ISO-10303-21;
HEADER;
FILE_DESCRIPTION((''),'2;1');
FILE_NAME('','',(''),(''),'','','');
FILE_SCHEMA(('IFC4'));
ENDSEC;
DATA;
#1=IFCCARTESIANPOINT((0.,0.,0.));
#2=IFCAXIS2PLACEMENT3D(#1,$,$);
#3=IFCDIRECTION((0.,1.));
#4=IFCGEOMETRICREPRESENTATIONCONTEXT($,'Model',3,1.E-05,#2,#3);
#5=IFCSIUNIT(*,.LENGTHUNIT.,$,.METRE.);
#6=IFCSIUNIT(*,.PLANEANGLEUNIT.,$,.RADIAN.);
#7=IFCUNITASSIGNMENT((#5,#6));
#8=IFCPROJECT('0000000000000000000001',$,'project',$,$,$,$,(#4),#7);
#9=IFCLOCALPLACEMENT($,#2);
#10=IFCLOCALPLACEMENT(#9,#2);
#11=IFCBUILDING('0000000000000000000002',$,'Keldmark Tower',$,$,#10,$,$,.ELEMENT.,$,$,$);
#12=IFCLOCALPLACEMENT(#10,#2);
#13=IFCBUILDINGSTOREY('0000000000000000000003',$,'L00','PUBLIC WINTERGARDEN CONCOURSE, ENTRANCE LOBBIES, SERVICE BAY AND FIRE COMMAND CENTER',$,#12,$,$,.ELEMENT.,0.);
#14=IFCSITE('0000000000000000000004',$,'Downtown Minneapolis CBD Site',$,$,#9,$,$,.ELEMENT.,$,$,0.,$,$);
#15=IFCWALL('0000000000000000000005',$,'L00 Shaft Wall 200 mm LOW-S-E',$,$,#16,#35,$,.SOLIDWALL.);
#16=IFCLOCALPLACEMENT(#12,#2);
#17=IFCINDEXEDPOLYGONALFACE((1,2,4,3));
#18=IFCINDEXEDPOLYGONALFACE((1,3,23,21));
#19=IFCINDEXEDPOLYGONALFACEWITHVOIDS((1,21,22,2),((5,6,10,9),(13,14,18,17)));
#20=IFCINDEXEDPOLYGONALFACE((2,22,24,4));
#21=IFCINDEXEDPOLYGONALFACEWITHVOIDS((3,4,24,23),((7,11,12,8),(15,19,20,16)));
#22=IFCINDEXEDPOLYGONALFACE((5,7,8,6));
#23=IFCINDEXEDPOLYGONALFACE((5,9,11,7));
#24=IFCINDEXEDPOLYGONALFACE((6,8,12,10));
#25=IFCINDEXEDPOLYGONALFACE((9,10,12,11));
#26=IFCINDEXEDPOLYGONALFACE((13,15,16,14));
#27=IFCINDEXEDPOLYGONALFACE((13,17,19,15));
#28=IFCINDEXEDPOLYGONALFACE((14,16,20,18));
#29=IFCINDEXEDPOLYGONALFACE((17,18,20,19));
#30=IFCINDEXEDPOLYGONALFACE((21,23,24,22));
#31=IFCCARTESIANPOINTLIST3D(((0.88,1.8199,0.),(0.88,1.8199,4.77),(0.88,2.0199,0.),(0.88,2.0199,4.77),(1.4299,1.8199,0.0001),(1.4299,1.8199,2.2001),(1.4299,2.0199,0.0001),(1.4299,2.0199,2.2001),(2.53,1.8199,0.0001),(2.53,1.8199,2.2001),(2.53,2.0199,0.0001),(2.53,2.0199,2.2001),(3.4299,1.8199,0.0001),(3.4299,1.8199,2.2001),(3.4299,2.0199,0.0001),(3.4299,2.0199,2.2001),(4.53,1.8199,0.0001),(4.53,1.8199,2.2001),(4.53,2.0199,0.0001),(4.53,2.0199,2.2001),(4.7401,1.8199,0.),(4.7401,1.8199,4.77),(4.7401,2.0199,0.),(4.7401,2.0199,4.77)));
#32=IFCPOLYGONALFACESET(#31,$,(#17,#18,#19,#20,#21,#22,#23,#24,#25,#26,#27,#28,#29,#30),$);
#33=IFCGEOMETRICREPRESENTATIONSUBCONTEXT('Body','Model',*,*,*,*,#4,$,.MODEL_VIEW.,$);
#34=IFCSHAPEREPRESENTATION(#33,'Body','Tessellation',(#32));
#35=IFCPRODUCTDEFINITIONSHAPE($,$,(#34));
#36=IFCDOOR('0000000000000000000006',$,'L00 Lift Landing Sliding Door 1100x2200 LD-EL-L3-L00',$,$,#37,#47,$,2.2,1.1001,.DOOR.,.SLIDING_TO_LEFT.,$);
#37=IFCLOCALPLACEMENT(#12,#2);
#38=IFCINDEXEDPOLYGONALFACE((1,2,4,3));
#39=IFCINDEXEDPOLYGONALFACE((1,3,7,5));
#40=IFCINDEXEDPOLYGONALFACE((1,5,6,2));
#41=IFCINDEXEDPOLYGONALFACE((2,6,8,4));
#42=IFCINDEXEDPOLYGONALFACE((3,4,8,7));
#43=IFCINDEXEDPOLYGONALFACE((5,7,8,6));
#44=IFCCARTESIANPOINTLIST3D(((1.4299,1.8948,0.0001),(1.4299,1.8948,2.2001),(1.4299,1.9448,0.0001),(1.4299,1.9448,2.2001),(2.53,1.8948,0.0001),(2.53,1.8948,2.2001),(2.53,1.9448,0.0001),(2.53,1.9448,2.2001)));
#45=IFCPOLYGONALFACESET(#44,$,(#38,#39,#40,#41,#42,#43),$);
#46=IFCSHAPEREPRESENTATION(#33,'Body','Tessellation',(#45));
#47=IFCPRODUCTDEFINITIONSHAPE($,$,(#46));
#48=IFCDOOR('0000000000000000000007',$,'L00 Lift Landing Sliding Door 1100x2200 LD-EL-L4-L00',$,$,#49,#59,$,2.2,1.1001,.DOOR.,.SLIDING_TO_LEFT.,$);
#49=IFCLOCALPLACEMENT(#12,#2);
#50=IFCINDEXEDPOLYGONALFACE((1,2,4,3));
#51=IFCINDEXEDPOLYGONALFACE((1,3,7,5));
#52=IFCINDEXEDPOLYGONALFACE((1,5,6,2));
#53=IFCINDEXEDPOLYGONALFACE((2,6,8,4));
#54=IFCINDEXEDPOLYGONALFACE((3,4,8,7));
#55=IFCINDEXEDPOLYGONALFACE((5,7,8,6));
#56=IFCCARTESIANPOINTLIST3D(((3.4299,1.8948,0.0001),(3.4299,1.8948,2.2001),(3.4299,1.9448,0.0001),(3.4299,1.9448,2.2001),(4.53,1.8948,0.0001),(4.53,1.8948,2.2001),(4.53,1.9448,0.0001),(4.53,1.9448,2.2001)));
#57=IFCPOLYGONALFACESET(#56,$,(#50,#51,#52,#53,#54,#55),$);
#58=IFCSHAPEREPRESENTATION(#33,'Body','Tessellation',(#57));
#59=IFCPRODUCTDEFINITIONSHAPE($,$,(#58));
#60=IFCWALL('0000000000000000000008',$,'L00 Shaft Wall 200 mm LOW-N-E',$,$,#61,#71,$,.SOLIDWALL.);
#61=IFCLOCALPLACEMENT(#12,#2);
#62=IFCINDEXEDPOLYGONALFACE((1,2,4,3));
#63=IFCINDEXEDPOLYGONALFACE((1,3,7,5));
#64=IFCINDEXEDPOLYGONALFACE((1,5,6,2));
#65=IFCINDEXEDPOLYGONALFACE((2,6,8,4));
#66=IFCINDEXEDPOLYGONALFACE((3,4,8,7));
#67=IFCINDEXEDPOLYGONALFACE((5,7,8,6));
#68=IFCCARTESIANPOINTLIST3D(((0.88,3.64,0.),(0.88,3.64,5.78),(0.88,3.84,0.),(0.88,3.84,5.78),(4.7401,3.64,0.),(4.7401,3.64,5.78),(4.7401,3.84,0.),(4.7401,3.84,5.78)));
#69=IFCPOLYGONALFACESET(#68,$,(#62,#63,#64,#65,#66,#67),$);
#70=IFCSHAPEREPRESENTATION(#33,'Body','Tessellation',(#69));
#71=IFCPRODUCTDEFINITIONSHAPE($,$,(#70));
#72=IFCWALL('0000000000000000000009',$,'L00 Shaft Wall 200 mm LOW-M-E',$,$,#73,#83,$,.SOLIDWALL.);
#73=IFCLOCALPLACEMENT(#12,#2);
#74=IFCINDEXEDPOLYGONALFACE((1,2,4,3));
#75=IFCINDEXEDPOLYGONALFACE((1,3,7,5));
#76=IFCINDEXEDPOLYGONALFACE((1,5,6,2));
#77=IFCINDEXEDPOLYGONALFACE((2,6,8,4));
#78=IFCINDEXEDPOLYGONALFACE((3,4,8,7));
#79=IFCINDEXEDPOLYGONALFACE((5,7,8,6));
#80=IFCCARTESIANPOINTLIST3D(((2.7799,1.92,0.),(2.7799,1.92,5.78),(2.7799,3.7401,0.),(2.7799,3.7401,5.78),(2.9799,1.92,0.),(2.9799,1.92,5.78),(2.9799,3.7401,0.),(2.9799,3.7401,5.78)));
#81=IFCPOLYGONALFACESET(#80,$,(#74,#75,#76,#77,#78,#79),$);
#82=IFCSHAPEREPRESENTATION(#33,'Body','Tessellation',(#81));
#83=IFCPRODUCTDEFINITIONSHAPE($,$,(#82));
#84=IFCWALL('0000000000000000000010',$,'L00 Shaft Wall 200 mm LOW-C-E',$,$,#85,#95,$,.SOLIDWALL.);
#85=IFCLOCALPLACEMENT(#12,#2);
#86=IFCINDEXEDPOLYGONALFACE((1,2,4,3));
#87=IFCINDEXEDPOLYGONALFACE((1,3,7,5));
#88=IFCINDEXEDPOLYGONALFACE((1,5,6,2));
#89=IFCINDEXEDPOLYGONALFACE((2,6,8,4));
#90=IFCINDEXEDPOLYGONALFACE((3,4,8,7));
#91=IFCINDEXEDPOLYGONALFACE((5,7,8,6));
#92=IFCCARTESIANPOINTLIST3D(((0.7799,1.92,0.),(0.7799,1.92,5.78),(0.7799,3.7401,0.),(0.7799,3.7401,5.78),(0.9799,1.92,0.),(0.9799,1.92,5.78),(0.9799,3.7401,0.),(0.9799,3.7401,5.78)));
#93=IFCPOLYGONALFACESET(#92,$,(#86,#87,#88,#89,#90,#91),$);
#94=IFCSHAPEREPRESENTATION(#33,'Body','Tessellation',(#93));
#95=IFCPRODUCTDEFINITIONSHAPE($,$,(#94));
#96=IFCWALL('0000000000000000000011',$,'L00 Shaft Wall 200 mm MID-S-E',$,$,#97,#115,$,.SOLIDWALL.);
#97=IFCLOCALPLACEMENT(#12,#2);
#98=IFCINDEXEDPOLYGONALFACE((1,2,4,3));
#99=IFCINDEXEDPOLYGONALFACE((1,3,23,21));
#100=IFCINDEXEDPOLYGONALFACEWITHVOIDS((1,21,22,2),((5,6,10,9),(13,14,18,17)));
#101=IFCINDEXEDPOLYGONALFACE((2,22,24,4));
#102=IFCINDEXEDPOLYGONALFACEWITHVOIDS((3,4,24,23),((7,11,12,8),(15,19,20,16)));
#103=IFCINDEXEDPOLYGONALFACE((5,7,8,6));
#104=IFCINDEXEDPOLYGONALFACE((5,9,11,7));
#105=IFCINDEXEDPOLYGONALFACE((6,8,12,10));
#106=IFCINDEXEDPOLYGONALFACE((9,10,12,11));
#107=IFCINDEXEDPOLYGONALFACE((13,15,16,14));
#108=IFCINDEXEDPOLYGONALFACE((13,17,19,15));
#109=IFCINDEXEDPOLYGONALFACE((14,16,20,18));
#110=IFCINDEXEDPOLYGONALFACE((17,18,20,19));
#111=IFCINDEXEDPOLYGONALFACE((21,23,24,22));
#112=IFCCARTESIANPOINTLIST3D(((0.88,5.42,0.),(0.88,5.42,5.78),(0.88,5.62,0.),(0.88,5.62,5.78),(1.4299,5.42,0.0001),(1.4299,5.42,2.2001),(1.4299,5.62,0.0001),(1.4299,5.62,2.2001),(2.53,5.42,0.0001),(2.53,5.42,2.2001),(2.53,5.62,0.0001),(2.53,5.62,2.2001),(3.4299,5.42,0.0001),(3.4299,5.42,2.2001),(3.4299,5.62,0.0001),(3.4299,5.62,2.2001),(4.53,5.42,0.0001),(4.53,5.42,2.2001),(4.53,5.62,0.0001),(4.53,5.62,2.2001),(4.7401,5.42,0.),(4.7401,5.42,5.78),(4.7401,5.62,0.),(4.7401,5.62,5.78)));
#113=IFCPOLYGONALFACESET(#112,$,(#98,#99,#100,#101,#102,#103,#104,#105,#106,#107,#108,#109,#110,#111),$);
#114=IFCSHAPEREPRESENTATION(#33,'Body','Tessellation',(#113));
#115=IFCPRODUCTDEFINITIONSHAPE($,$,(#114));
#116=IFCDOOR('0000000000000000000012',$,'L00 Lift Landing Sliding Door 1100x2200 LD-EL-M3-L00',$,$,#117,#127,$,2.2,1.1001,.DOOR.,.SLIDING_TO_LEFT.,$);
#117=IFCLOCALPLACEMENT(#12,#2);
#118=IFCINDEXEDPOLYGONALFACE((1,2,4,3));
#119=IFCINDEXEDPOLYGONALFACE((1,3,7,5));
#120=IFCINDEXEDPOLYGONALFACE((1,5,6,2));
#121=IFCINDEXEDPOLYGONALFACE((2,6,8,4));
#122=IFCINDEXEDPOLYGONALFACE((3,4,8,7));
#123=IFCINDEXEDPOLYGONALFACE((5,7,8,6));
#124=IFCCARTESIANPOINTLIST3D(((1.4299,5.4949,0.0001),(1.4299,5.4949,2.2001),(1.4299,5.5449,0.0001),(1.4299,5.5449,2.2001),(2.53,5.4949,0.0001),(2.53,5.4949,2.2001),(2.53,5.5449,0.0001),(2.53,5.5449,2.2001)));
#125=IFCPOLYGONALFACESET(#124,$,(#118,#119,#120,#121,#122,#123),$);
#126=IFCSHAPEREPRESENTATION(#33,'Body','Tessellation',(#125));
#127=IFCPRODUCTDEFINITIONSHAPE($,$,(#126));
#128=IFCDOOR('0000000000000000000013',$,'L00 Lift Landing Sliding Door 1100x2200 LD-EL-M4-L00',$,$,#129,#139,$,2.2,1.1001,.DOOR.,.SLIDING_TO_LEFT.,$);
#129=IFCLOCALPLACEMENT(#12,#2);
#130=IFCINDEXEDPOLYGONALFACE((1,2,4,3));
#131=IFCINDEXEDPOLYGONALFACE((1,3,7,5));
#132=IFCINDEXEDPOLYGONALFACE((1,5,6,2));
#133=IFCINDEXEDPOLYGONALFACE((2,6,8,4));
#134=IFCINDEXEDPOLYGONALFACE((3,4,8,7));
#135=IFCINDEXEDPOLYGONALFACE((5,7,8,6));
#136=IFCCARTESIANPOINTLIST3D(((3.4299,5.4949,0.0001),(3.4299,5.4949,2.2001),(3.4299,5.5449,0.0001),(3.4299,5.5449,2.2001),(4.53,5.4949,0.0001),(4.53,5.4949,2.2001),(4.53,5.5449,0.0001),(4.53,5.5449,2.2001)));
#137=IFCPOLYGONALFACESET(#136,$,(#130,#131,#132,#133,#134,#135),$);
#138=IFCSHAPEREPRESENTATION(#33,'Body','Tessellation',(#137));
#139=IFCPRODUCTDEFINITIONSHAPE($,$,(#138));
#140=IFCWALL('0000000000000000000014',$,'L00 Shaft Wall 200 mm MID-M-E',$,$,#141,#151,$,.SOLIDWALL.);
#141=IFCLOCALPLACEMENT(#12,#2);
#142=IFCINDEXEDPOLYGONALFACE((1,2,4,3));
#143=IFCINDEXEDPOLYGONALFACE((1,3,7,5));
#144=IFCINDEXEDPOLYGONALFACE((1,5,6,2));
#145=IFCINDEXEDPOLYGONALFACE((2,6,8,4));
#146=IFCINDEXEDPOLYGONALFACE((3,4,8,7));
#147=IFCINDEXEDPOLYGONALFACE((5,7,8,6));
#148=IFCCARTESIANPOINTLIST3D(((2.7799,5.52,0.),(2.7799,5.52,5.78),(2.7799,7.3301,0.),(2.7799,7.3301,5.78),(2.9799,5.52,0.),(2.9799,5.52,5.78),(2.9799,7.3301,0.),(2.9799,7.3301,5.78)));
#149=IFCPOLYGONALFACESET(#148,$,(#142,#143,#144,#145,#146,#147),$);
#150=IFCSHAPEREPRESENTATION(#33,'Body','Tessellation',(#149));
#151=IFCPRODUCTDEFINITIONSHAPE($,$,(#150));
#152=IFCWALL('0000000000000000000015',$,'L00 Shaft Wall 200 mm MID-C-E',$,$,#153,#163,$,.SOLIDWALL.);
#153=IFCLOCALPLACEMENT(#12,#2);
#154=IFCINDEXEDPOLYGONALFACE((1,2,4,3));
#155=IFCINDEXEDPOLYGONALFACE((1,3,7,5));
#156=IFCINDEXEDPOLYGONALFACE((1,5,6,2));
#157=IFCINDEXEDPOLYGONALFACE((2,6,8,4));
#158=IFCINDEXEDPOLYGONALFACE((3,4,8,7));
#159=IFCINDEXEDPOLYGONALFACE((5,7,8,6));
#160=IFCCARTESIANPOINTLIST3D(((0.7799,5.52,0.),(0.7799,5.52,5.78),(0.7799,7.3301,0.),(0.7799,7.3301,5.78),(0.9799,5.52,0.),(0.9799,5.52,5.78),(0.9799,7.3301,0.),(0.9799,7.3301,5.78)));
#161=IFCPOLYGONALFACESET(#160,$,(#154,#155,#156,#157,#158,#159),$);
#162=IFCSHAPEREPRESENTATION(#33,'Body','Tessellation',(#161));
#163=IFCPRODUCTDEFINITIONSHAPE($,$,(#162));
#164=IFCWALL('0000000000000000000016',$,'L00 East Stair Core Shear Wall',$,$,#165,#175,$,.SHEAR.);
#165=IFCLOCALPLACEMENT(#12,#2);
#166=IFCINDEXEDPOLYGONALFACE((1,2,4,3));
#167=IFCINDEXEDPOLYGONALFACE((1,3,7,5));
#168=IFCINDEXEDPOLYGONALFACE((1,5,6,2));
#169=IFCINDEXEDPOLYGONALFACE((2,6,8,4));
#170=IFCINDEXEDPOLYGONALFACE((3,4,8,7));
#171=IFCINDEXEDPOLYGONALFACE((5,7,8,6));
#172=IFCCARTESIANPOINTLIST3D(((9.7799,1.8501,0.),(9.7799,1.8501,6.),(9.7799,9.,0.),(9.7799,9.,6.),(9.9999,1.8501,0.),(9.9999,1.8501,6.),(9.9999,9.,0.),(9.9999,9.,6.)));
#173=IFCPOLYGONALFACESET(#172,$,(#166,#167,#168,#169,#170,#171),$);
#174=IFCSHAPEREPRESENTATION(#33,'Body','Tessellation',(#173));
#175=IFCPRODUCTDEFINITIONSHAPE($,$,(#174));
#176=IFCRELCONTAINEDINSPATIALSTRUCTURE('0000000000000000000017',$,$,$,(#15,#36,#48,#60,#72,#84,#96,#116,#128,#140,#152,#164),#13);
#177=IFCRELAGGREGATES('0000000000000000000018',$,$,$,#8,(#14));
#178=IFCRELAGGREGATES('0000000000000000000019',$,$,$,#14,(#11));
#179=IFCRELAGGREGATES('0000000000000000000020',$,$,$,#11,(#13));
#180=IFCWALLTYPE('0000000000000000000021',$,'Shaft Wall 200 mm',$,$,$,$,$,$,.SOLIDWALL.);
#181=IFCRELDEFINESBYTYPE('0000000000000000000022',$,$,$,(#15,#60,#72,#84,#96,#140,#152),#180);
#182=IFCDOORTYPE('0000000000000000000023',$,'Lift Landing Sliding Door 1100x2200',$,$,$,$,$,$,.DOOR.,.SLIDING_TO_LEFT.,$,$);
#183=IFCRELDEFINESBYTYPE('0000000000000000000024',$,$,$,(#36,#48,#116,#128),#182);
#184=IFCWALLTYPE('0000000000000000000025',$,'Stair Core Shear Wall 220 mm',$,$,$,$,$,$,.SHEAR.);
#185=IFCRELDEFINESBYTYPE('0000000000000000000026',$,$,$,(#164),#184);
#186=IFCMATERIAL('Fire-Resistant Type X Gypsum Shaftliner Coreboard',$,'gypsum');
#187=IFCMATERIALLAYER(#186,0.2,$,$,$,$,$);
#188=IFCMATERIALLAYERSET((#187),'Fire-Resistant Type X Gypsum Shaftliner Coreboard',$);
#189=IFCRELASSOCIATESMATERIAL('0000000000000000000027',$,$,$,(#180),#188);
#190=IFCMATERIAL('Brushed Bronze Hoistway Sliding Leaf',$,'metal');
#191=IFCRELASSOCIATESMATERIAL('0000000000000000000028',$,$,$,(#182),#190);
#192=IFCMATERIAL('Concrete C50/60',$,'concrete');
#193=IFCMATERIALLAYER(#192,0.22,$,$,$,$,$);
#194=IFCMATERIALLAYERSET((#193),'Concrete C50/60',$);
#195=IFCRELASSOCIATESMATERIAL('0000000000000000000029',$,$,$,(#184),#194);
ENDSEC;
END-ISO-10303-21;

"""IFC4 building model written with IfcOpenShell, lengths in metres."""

from ifc_helpers import new_model, si_unit, direction, frame, frame_2d, origin, place, context, subcontext, project, spatial, rectangle, extrude, material, layer, layer_set, type_object, element, fill, save


model = new_model("IFC4")

# Units and contexts
model_context = context("Model", 3, precision=1e-05, world=origin(), true_north=direction((0.0, 1.0)))
body_context = subcontext(model_context, "Body", "Model", "MODEL_VIEW")
ifc_project = project(units=[si_unit("LENGTHUNIT", "METRE"), si_unit("PLANEANGLEUNIT", "RADIAN")], contexts=[model_context])

# Site, building, storey
site_placement = place(None, origin())
site = spatial("IfcSite", under=ifc_project, at=site_placement, Name="Downtown Minneapolis CBD Site", CompositionType="ELEMENT", RefElevation=0.0)
building_placement = place(site_placement, origin())
building = spatial("IfcBuilding", under=site, at=building_placement, Name="Keldmark Tower", CompositionType="ELEMENT")
storey_placement = place(building_placement, origin())
storey = spatial("IfcBuildingStorey", under=building, at=storey_placement, Name="L00", Description="PUBLIC WINTERGARDEN CONCOURSE, ENTRANCE LOBBIES, SERVICE BAY AND FIRE COMMAND CENTER", CompositionType="ELEMENT", Elevation=0.0)

# Shared definitions
ifc_material_1 = material(Name="Fire-Resistant Type X Gypsum Shaftliner Coreboard", Category="gypsum")
ifc_layer_1 = layer(ifc_material_1, 0.2)
ifc_layer_set_1 = layer_set([ifc_layer_1], Name="Fire-Resistant Type X Gypsum Shaftliner Coreboard")
wall_type_1 = type_object("IfcWallType", Name="Shaft Wall 200 mm", PredefinedType="SOLIDWALL", material=ifc_layer_set_1)

# Shared definitions
ifc_material_2 = material(Name="Brushed Bronze Hoistway Sliding Leaf", Category="metal")
door_type_1 = type_object("IfcDoorType", Name="Lift Landing Sliding Door 1100x2200", OperationType="SLIDING_TO_LEFT", PredefinedType="DOOR", material=ifc_material_2)

# Wall, openings, doors
wall_1_placement = place(storey_placement, frame((0.8799, 1.9199, 0.0), z_axis=(0.0, 0.0, 1.0), x_axis=(1.0, 0.0, 0.0)))
wall_1 = element("IfcWall", 1, at=wall_1_placement, inside=storey, type_object=wall_type_1, Name="L00 Shaft Wall 200 mm LOW-S-E", PredefinedType="SOLIDWALL", context=body_context, shape_type="SweptSolid", body=[
    extrude(rectangle(XDim=3.8601, YDim=0.2, at=frame_2d((1.9302, 0.0))), origin(), (0.0, 0.0, 1.0), 4.77),
])
opening_1_placement = place(wall_1_placement, frame((0.55, 0.0, 0.0)))
opening_1 = element("IfcOpeningElement", 2, at=opening_1_placement, cuts=wall_1, PredefinedType="OPENING", context=body_context, shape_type="SweptSolid", body=[
    extrude(rectangle(XDim=1.1001, YDim=2.2, at=frame_2d((0.55, 1.1001))), frame((0.0, 0.1099, 0.0), z_axis=(0.0, -1.0, 0.0), x_axis=(1.0, 0.0, 0.0)), (0.0, 0.0, 1.0), 0.22),
])
opening_2_placement = place(wall_1_placement, frame((2.55, 0.0, 0.0)))
opening_2 = element("IfcOpeningElement", 3, at=opening_2_placement, cuts=wall_1, PredefinedType="OPENING", context=body_context, shape_type="SweptSolid", body=[
    extrude(rectangle(XDim=1.1001, YDim=2.2, at=frame_2d((0.55, 1.1001))), frame((0.0, 0.1099, 0.0), z_axis=(0.0, -1.0, 0.0), x_axis=(1.0, 0.0, 0.0)), (0.0, 0.0, 1.0), 0.22),
])
door_1_placement = place(opening_1_placement, origin())
door_1 = element("IfcDoor", 4, at=door_1_placement, inside=storey, type_object=door_type_1, Name="L00 Lift Landing Sliding Door 1100x2200 LD-EL-L3-L00", OperationType="SLIDING_TO_LEFT", OverallHeight=2.2, OverallWidth=1.1001, PredefinedType="DOOR", context=body_context, shape_type="SweptSolid", body=[
    extrude(rectangle(XDim=1.1001, YDim=2.2, at=frame_2d((0.55, 1.1001))), frame((0.0, 0.0249, 0.0), z_axis=(0.0, -1.0, 0.0), x_axis=(1.0, 0.0, 0.0)), (0.0, 0.0, 1.0), 0.05),
])
fill(opening_1, door_1)
door_2_placement = place(opening_2_placement, origin())
door_2 = element("IfcDoor", 5, at=door_2_placement, inside=storey, type_object=door_type_1, Name="L00 Lift Landing Sliding Door 1100x2200 LD-EL-L4-L00", OperationType="SLIDING_TO_LEFT", OverallHeight=2.2, OverallWidth=1.1001, PredefinedType="DOOR", context=body_context, shape_type="SweptSolid", body=[
    extrude(rectangle(XDim=1.1001, YDim=2.2, at=frame_2d((0.55, 1.1001))), frame((0.0, 0.0249, 0.0), z_axis=(0.0, -1.0, 0.0), x_axis=(1.0, 0.0, 0.0)), (0.0, 0.0, 1.0), 0.05),
])
fill(opening_2, door_2)

# Walls
wall_2_placement = place(storey_placement, frame((0.8799, 3.74, 0.0), z_axis=(0.0, 0.0, 1.0), x_axis=(1.0, 0.0, 0.0)))
element("IfcWall", 6, at=wall_2_placement, inside=storey, type_object=wall_type_1, Name="L00 Shaft Wall 200 mm LOW-N-E", PredefinedType="SOLIDWALL", context=body_context, shape_type="SweptSolid", body=[
    extrude(rectangle(XDim=3.8601, YDim=0.2, at=frame_2d((1.9302, 0.0))), origin(), (0.0, 0.0, 1.0), 5.78),
])
for number, where, z_axis, x_axis, name in (
    (7, (2.8799, 1.9199, 0.0), (0.0, 0.0, 1.0), (0.0, 1.0, 0.0), "L00 Shaft Wall 200 mm LOW-M-E"),
    (8, (0.8799, 1.9199, 0.0), (0.0, 0.0, 1.0), (0.0, 1.0, 0.0), "L00 Shaft Wall 200 mm LOW-C-E"),
):
    element("IfcWall", number, at=place(storey_placement, frame(where, z_axis=z_axis, x_axis=x_axis)), inside=storey, type_object=wall_type_1, Name=name, PredefinedType="SOLIDWALL", context=body_context, shape_type="SweptSolid", body=[
        extrude(rectangle(XDim=1.8201, YDim=0.2, at=frame_2d((0.9102, 0.0))), origin(), (0.0, 0.0, 1.0), 5.78),
    ])

# Wall, openings, doors
wall_3_placement = place(storey_placement, frame((0.8799, 5.52, 0.0), z_axis=(0.0, 0.0, 1.0), x_axis=(1.0, 0.0, 0.0)))
wall_3 = element("IfcWall", 9, at=wall_3_placement, inside=storey, type_object=wall_type_1, Name="L00 Shaft Wall 200 mm MID-S-E", PredefinedType="SOLIDWALL", context=body_context, shape_type="SweptSolid", body=[
    extrude(rectangle(XDim=3.8601, YDim=0.2, at=frame_2d((1.9302, 0.0))), origin(), (0.0, 0.0, 1.0), 5.78),
])
opening_3_placement = place(wall_3_placement, frame((0.55, 0.0, 0.0)))
opening_3 = element("IfcOpeningElement", 10, at=opening_3_placement, cuts=wall_3, PredefinedType="OPENING", context=body_context, shape_type="SweptSolid", body=[
    extrude(rectangle(XDim=1.1001, YDim=2.2, at=frame_2d((0.55, 1.1001))), frame((0.0, 0.1099, 0.0), z_axis=(0.0, -1.0, 0.0), x_axis=(1.0, 0.0, 0.0)), (0.0, 0.0, 1.0), 0.22),
])
opening_4_placement = place(wall_3_placement, frame((2.55, 0.0, 0.0)))
opening_4 = element("IfcOpeningElement", 11, at=opening_4_placement, cuts=wall_3, PredefinedType="OPENING", context=body_context, shape_type="SweptSolid", body=[
    extrude(rectangle(XDim=1.1001, YDim=2.2, at=frame_2d((0.55, 1.1001))), frame((0.0, 0.1099, 0.0), z_axis=(0.0, -1.0, 0.0), x_axis=(1.0, 0.0, 0.0)), (0.0, 0.0, 1.0), 0.22),
])
door_3_placement = place(opening_3_placement, origin())
door_3 = element("IfcDoor", 12, at=door_3_placement, inside=storey, type_object=door_type_1, Name="L00 Lift Landing Sliding Door 1100x2200 LD-EL-M3-L00", OperationType="SLIDING_TO_LEFT", OverallHeight=2.2, OverallWidth=1.1001, PredefinedType="DOOR", context=body_context, shape_type="SweptSolid", body=[
    extrude(rectangle(XDim=1.1001, YDim=2.2, at=frame_2d((0.55, 1.1001))), frame((0.0, 0.0249, 0.0), z_axis=(0.0, -1.0, 0.0), x_axis=(1.0, 0.0, 0.0)), (0.0, 0.0, 1.0), 0.05),
])
fill(opening_3, door_3)
door_4_placement = place(opening_4_placement, origin())
door_4 = element("IfcDoor", 13, at=door_4_placement, inside=storey, type_object=door_type_1, Name="L00 Lift Landing Sliding Door 1100x2200 LD-EL-M4-L00", OperationType="SLIDING_TO_LEFT", OverallHeight=2.2, OverallWidth=1.1001, PredefinedType="DOOR", context=body_context, shape_type="SweptSolid", body=[
    extrude(rectangle(XDim=1.1001, YDim=2.2, at=frame_2d((0.55, 1.1001))), frame((0.0, 0.0249, 0.0), z_axis=(0.0, -1.0, 0.0), x_axis=(1.0, 0.0, 0.0)), (0.0, 0.0, 1.0), 0.05),
])
fill(opening_4, door_4)

# Walls
for number, where, z_axis, x_axis, name in (
    (14, (2.8799, 5.52, 0.0), (0.0, 0.0, 1.0), (0.0, 1.0, 0.0), "L00 Shaft Wall 200 mm MID-M-E"),
    (15, (0.8799, 5.52, 0.0), (0.0, 0.0, 1.0), (0.0, 1.0, 0.0), "L00 Shaft Wall 200 mm MID-C-E"),
):
    element("IfcWall", number, at=place(storey_placement, frame(where, z_axis=z_axis, x_axis=x_axis)), inside=storey, type_object=wall_type_1, Name=name, PredefinedType="SOLIDWALL", context=body_context, shape_type="SweptSolid", body=[
        extrude(rectangle(XDim=1.8101, YDim=0.2, at=frame_2d((0.905, 0.0))), origin(), (0.0, 0.0, 1.0), 5.78),
    ])
ifc_material_3 = material(Name="Concrete C50/60", Category="concrete")
ifc_layer_2 = layer(ifc_material_3, 0.22)
ifc_layer_set_2 = layer_set([ifc_layer_2], Name="Concrete C50/60")
wall_type_2 = type_object("IfcWallType", Name="Stair Core Shear Wall 220 mm", PredefinedType="SHEAR", material=ifc_layer_set_2)
wall_4_placement = place(storey_placement, frame((9.8899, 1.8501, 0.0), z_axis=(0.0, 0.0, 1.0), x_axis=(0.0, 1.0, 0.0)))
element("IfcWall", 16, at=wall_4_placement, inside=storey, type_object=wall_type_2, Name="L00 East Stair Core Shear Wall", PredefinedType="SHEAR", context=body_context, shape_type="SweptSolid", body=[
    extrude(rectangle(XDim=7.1499, YDim=0.22, at=frame_2d((3.575, 0.0))), origin(), (0.0, 0.0, 1.0), 6.0),
])

save(model, "model.ifc")
